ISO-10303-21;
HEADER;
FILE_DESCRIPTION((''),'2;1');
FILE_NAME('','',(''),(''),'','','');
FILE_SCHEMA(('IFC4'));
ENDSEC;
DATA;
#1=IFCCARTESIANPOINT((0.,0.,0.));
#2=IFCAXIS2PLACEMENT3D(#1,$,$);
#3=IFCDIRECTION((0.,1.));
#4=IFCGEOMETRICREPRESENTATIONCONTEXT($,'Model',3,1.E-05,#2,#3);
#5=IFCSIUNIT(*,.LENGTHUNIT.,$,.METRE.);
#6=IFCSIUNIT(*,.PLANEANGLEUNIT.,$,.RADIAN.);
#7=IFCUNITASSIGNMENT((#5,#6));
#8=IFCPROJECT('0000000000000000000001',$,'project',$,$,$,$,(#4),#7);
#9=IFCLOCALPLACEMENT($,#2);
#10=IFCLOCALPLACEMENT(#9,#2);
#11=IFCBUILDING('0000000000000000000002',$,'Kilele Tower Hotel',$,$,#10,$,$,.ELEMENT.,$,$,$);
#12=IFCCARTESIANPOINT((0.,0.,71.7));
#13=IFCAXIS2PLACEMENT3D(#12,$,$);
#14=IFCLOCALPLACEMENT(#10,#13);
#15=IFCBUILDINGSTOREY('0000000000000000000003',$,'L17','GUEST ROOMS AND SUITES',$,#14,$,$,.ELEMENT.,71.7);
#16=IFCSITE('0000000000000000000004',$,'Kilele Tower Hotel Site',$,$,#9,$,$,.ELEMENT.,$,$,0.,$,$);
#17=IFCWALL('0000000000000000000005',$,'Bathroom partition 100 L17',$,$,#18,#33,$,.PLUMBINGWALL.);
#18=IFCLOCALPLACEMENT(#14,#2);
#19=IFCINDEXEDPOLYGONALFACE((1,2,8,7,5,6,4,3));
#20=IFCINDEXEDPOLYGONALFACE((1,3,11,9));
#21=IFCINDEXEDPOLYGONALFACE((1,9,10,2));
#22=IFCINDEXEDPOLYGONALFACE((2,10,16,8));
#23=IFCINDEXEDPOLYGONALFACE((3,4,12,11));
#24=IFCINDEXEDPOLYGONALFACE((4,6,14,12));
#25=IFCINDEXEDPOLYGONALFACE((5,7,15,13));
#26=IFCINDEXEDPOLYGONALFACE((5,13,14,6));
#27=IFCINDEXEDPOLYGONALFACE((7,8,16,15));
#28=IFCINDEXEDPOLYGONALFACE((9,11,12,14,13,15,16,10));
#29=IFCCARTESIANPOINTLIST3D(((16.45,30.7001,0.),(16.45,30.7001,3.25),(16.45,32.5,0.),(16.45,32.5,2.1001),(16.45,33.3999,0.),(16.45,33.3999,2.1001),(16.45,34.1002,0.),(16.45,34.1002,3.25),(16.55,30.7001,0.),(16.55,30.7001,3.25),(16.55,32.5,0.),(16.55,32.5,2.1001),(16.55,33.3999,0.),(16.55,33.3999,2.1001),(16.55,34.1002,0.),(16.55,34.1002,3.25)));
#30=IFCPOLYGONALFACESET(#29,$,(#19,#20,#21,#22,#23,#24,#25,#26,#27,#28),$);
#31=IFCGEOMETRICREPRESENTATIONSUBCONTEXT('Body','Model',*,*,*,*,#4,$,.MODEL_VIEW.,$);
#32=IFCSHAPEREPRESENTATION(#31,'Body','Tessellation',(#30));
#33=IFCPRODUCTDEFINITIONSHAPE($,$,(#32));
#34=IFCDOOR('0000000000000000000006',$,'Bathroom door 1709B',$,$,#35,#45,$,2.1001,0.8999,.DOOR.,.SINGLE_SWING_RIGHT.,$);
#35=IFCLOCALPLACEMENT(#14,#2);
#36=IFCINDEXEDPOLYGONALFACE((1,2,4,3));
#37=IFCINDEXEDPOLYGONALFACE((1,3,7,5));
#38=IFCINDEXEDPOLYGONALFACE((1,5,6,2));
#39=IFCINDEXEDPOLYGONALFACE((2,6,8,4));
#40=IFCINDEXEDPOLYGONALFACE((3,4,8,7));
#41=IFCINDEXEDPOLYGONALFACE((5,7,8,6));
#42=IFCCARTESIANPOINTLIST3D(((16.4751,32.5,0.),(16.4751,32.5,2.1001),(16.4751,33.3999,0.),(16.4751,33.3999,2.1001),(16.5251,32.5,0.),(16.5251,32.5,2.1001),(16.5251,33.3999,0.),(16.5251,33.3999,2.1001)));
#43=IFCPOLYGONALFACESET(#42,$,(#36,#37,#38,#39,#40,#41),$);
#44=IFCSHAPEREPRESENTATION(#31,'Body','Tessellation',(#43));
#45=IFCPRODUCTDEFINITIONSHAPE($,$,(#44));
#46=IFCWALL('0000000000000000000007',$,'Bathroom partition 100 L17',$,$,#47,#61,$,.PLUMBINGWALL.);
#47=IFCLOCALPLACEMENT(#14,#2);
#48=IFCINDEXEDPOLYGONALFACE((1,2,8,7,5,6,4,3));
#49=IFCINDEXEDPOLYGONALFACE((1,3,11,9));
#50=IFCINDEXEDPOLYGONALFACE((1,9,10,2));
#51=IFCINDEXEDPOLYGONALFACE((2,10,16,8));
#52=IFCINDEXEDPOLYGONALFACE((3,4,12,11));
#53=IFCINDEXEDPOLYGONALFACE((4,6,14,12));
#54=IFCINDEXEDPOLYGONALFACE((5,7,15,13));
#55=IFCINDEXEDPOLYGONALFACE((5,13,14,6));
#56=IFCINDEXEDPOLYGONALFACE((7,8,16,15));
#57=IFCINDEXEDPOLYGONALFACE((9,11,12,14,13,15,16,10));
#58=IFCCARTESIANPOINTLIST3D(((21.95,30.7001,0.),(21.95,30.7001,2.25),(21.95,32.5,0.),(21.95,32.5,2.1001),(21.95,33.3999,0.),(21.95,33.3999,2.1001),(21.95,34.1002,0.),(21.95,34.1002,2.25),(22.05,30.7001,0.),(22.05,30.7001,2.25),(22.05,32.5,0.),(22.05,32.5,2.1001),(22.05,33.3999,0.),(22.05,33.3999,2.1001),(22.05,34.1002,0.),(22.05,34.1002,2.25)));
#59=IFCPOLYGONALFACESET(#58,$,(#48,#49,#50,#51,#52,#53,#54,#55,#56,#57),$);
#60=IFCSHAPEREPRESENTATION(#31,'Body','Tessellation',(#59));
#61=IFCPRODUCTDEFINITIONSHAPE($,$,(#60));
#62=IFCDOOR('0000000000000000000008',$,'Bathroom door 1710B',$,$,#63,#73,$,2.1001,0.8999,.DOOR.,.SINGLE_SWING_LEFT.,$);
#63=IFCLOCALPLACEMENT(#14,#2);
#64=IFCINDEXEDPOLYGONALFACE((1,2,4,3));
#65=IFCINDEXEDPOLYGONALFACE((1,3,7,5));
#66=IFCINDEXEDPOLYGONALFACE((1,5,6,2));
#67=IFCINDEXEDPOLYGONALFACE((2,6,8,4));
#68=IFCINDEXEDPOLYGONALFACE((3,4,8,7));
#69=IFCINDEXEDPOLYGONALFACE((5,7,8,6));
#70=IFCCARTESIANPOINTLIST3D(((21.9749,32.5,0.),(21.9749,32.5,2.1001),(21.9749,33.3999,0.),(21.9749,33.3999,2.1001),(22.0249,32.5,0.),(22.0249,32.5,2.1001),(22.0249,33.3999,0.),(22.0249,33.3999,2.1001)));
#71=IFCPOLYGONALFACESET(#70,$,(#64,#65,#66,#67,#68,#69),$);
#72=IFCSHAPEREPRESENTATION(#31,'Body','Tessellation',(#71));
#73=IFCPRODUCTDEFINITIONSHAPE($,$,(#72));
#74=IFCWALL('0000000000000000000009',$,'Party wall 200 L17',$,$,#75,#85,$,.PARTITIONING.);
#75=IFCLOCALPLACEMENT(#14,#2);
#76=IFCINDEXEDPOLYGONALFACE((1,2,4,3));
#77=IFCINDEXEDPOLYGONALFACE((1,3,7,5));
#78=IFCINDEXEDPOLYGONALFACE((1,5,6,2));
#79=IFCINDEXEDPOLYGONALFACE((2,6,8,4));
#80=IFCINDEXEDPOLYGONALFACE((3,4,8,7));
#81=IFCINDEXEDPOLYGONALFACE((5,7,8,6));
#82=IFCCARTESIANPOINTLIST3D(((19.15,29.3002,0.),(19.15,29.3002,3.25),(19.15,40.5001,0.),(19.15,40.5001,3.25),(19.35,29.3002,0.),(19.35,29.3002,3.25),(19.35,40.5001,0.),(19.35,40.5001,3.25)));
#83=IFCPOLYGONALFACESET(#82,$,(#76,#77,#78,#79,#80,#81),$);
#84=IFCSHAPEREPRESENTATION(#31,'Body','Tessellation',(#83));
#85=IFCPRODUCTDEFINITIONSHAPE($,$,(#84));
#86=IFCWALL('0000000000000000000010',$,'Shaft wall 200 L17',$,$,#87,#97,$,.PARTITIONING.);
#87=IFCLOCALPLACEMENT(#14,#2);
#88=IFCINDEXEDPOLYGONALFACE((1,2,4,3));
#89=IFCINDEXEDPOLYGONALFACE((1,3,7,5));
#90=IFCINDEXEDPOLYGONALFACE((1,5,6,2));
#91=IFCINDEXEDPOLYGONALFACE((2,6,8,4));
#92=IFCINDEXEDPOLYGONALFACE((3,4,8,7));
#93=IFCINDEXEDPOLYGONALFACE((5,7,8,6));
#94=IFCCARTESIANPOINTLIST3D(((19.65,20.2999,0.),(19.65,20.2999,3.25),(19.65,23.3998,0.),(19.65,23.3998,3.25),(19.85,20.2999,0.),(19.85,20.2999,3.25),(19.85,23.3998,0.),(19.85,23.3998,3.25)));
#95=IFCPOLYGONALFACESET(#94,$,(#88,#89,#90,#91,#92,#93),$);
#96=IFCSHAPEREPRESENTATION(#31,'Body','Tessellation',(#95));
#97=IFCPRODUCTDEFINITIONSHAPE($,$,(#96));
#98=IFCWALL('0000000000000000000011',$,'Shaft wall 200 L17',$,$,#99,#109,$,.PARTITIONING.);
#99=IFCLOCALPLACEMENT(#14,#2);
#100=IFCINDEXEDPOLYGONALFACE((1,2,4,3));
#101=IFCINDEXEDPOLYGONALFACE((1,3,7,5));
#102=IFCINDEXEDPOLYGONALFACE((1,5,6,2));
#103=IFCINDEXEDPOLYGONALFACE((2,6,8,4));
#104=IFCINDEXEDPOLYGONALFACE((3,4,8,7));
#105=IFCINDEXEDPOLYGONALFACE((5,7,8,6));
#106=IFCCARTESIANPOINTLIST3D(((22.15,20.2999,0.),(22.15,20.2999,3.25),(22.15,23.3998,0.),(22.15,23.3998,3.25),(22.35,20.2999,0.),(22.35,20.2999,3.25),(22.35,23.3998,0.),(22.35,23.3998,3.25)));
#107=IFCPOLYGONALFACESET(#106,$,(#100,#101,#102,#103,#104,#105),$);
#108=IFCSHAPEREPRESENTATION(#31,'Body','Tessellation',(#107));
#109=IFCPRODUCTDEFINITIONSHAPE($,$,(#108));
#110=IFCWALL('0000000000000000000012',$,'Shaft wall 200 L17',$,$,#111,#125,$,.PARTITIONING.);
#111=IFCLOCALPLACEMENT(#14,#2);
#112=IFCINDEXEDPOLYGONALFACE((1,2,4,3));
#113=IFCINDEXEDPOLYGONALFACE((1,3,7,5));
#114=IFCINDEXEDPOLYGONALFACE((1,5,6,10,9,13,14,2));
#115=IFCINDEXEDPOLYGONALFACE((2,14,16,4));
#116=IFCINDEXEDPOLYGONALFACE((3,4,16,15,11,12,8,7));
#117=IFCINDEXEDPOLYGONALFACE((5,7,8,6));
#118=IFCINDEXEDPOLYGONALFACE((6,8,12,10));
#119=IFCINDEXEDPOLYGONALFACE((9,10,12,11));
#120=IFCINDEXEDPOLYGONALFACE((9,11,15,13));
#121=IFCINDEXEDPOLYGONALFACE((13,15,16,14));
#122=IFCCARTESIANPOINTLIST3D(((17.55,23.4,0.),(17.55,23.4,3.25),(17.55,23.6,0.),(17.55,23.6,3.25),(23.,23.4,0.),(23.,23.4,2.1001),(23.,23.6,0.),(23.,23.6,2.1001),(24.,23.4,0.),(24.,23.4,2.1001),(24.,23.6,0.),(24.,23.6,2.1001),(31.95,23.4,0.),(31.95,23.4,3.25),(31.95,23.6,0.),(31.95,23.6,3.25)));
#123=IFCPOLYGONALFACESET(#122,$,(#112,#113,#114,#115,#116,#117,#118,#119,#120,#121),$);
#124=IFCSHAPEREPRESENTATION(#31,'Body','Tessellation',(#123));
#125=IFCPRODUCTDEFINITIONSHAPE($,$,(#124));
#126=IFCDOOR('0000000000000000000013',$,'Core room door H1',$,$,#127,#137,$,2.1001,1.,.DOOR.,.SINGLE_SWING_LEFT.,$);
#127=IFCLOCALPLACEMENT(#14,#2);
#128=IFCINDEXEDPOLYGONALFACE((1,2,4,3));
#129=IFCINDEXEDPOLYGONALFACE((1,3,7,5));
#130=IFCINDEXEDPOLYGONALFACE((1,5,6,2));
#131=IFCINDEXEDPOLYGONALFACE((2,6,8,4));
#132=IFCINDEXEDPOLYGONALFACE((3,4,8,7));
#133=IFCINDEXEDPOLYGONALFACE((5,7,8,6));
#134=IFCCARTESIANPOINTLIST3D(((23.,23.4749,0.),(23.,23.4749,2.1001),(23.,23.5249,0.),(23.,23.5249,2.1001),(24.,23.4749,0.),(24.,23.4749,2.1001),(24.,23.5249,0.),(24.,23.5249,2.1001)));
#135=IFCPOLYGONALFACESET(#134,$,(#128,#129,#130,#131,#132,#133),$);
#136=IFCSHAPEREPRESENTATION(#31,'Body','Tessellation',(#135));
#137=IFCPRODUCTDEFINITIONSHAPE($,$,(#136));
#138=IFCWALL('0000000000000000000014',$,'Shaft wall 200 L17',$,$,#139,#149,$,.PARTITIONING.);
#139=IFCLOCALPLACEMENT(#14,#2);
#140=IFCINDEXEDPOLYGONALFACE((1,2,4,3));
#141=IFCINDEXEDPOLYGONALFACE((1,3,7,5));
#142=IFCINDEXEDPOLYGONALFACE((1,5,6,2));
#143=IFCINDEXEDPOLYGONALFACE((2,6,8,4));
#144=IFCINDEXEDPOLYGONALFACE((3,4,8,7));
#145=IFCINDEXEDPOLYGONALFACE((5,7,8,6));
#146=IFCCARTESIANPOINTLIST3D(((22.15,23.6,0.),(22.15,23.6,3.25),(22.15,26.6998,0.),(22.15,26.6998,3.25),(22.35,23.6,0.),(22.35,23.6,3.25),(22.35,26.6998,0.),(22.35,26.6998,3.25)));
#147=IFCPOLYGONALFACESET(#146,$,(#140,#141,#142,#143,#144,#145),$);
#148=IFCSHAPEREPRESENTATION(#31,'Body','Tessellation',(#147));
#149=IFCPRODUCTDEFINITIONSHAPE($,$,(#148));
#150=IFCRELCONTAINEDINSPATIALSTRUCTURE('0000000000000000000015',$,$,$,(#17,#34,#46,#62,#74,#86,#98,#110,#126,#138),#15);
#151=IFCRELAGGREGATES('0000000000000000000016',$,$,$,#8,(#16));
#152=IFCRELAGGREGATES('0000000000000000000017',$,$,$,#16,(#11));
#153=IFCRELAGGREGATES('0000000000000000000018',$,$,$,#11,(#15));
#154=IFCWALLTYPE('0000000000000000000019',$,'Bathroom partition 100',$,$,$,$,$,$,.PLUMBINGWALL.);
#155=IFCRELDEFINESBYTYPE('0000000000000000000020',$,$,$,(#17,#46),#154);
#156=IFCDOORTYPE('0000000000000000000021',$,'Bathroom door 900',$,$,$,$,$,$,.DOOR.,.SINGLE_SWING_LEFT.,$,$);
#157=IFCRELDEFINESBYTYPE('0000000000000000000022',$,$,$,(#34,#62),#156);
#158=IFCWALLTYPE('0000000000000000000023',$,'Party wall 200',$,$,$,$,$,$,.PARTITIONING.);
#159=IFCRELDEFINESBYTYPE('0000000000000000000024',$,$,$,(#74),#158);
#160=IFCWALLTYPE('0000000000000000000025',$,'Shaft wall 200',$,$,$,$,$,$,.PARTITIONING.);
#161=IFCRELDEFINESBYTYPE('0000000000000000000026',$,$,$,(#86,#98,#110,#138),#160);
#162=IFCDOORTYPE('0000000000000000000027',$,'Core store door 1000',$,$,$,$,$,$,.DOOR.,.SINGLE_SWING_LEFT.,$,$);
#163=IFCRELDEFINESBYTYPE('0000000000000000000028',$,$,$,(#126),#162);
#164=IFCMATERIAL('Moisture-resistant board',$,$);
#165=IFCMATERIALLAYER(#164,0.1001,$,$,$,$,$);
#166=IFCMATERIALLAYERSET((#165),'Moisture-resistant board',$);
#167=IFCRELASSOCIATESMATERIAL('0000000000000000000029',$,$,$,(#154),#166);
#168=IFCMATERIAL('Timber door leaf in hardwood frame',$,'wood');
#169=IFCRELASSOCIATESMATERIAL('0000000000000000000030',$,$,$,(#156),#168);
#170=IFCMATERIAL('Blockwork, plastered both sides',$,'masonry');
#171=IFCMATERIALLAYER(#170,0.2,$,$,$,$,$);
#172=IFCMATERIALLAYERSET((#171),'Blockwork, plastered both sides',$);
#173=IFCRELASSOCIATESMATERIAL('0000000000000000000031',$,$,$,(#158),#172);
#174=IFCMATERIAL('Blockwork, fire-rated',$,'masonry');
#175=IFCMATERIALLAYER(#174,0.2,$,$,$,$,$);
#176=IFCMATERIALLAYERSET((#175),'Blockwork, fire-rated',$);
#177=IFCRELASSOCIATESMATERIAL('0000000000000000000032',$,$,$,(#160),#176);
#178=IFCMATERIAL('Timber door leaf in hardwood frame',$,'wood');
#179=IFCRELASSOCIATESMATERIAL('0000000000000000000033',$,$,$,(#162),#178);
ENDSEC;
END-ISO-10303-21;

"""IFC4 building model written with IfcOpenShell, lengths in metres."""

from ifc_helpers import new_model, si_unit, direction, frame, frame_2d, origin, place, context, subcontext, project, spatial, rectangle, extrude, material, layer, layer_set, type_object, element, fill, save


model = new_model("IFC4")

# Units and contexts
model_context = context("Model", 3, precision=1e-05, world=origin(), true_north=direction((0.0, 1.0)))
body_context = subcontext(model_context, "Body", "Model", "MODEL_VIEW")
ifc_project = project(units=[si_unit("LENGTHUNIT", "METRE"), si_unit("PLANEANGLEUNIT", "RADIAN")], contexts=[model_context])

# Site, building, storey
site_placement = place(None, origin())
site = spatial("IfcSite", under=ifc_project, at=site_placement, Name="Kilele Tower Hotel Site", CompositionType="ELEMENT", RefElevation=0.0)
building_placement = place(site_placement, origin())
building = spatial("IfcBuilding", under=site, at=building_placement, Name="Kilele Tower Hotel", CompositionType="ELEMENT")
storey_placement = place(building_placement, frame((0.0, 0.0, 71.7)))
storey = spatial("IfcBuildingStorey", under=building, at=storey_placement, Name="L17", Description="GUEST ROOMS AND SUITES", CompositionType="ELEMENT", Elevation=71.7)

# Walls, openings, doors
ifc_material_1 = material(Name="Moisture-resistant board")
ifc_layer_1 = layer(ifc_material_1, 0.1001)
ifc_layer_set_1 = layer_set([ifc_layer_1], Name="Moisture-resistant board")
wall_type_1 = type_object("IfcWallType", Name="Bathroom partition 100", PredefinedType="PLUMBINGWALL", material=ifc_layer_set_1)
wall_1_placement = place(storey_placement, frame((16.5, 30.7, 0.0), z_axis=(0.0, 0.0, 1.0), x_axis=(0.0, 1.0, 0.0)))
wall_1 = element("IfcWall", 1, at=wall_1_placement, inside=storey, type_object=wall_type_1, Name="Bathroom partition 100 L17", PredefinedType="PLUMBINGWALL", context=body_context, shape_type="SweptSolid", body=[
    extrude(rectangle(XDim=3.4001, YDim=0.1001, at=frame_2d((1.7002, 0.0))), origin(), (0.0, 0.0, 1.0), 3.25),
])
opening_1_placement = place(wall_1_placement, frame((1.8, 0.0, 0.0)))
opening_1 = element("IfcOpeningElement", 2, at=opening_1_placement, cuts=wall_1, PredefinedType="OPENING", context=body_context, shape_type="SweptSolid", body=[
    extrude(rectangle(XDim=0.8999, YDim=2.1001, at=frame_2d((0.45, 1.05))), frame((0.0, 0.0601, 0.0), z_axis=(0.0, -1.0, 0.0), x_axis=(1.0, 0.0, 0.0)), (0.0, 0.0, 1.0), 0.1201),
])
ifc_material_2 = material(Name="Timber door leaf in hardwood frame", Category="wood")
door_type_1 = type_object("IfcDoorType", Name="Bathroom door 900", OperationType="SINGLE_SWING_LEFT", PredefinedType="DOOR", material=ifc_material_2)
door_1_placement = place(opening_1_placement, origin())
door_1 = element("IfcDoor", 3, at=door_1_placement, inside=storey, type_object=door_type_1, Name="Bathroom door 1709B", OperationType="SINGLE_SWING_RIGHT", OverallHeight=2.1001, OverallWidth=0.8999, PredefinedType="DOOR", context=body_context, shape_type="SweptSolid", body=[
    extrude(rectangle(XDim=0.8999, YDim=2.1001, at=frame_2d((0.45, 1.05))), frame((0.0, 0.0249, 0.0), z_axis=(0.0, -1.0, 0.0), x_axis=(1.0, 0.0, 0.0)), (0.0, 0.0, 1.0), 0.05),
])
fill(opening_1, door_1)
wall_2_placement = place(storey_placement, frame((22.0, 30.7, 0.0), z_axis=(0.0, 0.0, 1.0), x_axis=(0.0, 1.0, 0.0)))
wall_2 = element("IfcWall", 4, at=wall_2_placement, inside=storey, type_object=wall_type_1, Name="Bathroom partition 100 L17", PredefinedType="PLUMBINGWALL", context=body_context, shape_type="SweptSolid", body=[
    extrude(rectangle(XDim=3.4001, YDim=0.1001, at=frame_2d((1.7002, 0.0))), origin(), (0.0, 0.0, 1.0), 2.25),
])
opening_2_placement = place(wall_2_placement, frame((2.7, 0.0, 0.0), z_axis=(0.0, 0.0, 1.0), x_axis=(-1.0, 0.0, 0.0)))
opening_2 = element("IfcOpeningElement", 5, at=opening_2_placement, cuts=wall_2, PredefinedType="OPENING", context=body_context, shape_type="SweptSolid", body=[
    extrude(rectangle(XDim=0.8999, YDim=2.1001, at=frame_2d((0.45, 1.05))), frame((0.0, 0.0601, 0.0), z_axis=(0.0, -1.0, 0.0), x_axis=(1.0, 0.0, 0.0)), (0.0, 0.0, 1.0), 0.1201),
])
door_2_placement = place(opening_2_placement, origin())
door_2 = element("IfcDoor", 6, at=door_2_placement, inside=storey, type_object=door_type_1, Name="Bathroom door 1710B", OperationType="SINGLE_SWING_LEFT", OverallHeight=2.1001, OverallWidth=0.8999, PredefinedType="DOOR", context=body_context, shape_type="SweptSolid", body=[
    extrude(rectangle(XDim=0.8999, YDim=2.1001, at=frame_2d((0.45, 1.05))), frame((0.0, 0.0249, 0.0), z_axis=(0.0, -1.0, 0.0), x_axis=(1.0, 0.0, 0.0)), (0.0, 0.0, 1.0), 0.05),
])
fill(opening_2, door_2)

# Walls
ifc_material_3 = material(Name="Blockwork, plastered both sides", Category="masonry")
ifc_layer_2 = layer(ifc_material_3, 0.2)
ifc_layer_set_2 = layer_set([ifc_layer_2], Name="Blockwork, plastered both sides")
wall_type_2 = type_object("IfcWallType", Name="Party wall 200", PredefinedType="PARTITIONING", material=ifc_layer_set_2)
wall_3_placement = place(storey_placement, frame((19.25, 29.3, 0.0), z_axis=(0.0, 0.0, 1.0), x_axis=(0.0, 1.0, 0.0)))
element("IfcWall", 7, at=wall_3_placement, inside=storey, type_object=wall_type_2, Name="Party wall 200 L17", PredefinedType="PARTITIONING", context=body_context, shape_type="SweptSolid", body=[
    extrude(rectangle(XDim=11.2, YDim=0.2, at=frame_2d((5.6001, 0.0))), origin(), (0.0, 0.0, 1.0), 3.25),
])
ifc_material_4 = material(Name="Blockwork, fire-rated", Category="masonry")
ifc_layer_3 = layer(ifc_material_4, 0.2)
ifc_layer_set_3 = layer_set([ifc_layer_3], Name="Blockwork, fire-rated")
wall_type_3 = type_object("IfcWallType", Name="Shaft wall 200", PredefinedType="PARTITIONING", material=ifc_layer_set_3)
for number, where, z_axis, x_axis, name in (
    (8, (19.75, 20.3, 0.0), (0.0, 0.0, 1.0), (0.0, 1.0, 0.0), "Shaft wall 200 L17"),
    (9, (22.25, 20.3, 0.0), (0.0, 0.0, 1.0), (0.0, 1.0, 0.0), "Shaft wall 200 L17"),
):
    element("IfcWall", number, at=place(storey_placement, frame(where, z_axis=z_axis, x_axis=x_axis)), inside=storey, type_object=wall_type_3, Name=name, PredefinedType="PARTITIONING", context=body_context, shape_type="SweptSolid", body=[
        extrude(rectangle(XDim=3.0999, YDim=0.2, at=frame_2d((1.5498, 0.0))), origin(), (0.0, 0.0, 1.0), 3.25),
    ])

# Wall, opening, door
wall_4_placement = place(storey_placement, frame((17.55, 23.5, 0.0), z_axis=(0.0, 0.0, 1.0), x_axis=(1.0, 0.0, 0.0)))
wall_4 = element("IfcWall", 10, at=wall_4_placement, inside=storey, type_object=wall_type_3, Name="Shaft wall 200 L17", PredefinedType="PARTITIONING", context=body_context, shape_type="SweptSolid", body=[
    extrude(rectangle(XDim=14.3999, YDim=0.2, at=frame_2d((7.2, 0.0))), origin(), (0.0, 0.0, 1.0), 3.25),
])
opening_3_placement = place(wall_4_placement, frame((5.45, 0.0, 0.0)))
opening_3 = element("IfcOpeningElement", 11, at=opening_3_placement, cuts=wall_4, PredefinedType="OPENING", context=body_context, shape_type="SweptSolid", body=[
    extrude(rectangle(XDim=1.0, YDim=2.1001, at=frame_2d((0.5, 1.05))), frame((0.0, 0.1099, 0.0), z_axis=(0.0, -1.0, 0.0), x_axis=(1.0, 0.0, 0.0)), (0.0, 0.0, 1.0), 0.22),
])
ifc_material_5 = material(Name="Timber door leaf in hardwood frame", Category="wood")
door_type_2 = type_object("IfcDoorType", Name="Core store door 1000", OperationType="SINGLE_SWING_LEFT", PredefinedType="DOOR", material=ifc_material_5)
door_3_placement = place(opening_3_placement, origin())
door_3 = element("IfcDoor", 12, at=door_3_placement, inside=storey, type_object=door_type_2, Name="Core room door H1", OperationType="SINGLE_SWING_LEFT", OverallHeight=2.1001, OverallWidth=1.0, PredefinedType="DOOR", context=body_context, shape_type="SweptSolid", body=[
    extrude(rectangle(XDim=1.0, YDim=2.1001, at=frame_2d((0.5, 1.05))), frame((0.0, 0.0249, 0.0), z_axis=(0.0, -1.0, 0.0), x_axis=(1.0, 0.0, 0.0)), (0.0, 0.0, 1.0), 0.05),
])
fill(opening_3, door_3)

# Wall
wall_5_placement = place(storey_placement, frame((22.25, 23.6001, 0.0), z_axis=(0.0, 0.0, 1.0), x_axis=(0.0, 1.0, 0.0)))
element("IfcWall", 13, at=wall_5_placement, inside=storey, type_object=wall_type_3, Name="Shaft wall 200 L17", PredefinedType="PARTITIONING", context=body_context, shape_type="SweptSolid", body=[
    extrude(rectangle(XDim=3.0999, YDim=0.2, at=frame_2d((1.5498, 0.0))), origin(), (0.0, 0.0, 1.0), 3.25),
])

save(model, "model.ifc")
